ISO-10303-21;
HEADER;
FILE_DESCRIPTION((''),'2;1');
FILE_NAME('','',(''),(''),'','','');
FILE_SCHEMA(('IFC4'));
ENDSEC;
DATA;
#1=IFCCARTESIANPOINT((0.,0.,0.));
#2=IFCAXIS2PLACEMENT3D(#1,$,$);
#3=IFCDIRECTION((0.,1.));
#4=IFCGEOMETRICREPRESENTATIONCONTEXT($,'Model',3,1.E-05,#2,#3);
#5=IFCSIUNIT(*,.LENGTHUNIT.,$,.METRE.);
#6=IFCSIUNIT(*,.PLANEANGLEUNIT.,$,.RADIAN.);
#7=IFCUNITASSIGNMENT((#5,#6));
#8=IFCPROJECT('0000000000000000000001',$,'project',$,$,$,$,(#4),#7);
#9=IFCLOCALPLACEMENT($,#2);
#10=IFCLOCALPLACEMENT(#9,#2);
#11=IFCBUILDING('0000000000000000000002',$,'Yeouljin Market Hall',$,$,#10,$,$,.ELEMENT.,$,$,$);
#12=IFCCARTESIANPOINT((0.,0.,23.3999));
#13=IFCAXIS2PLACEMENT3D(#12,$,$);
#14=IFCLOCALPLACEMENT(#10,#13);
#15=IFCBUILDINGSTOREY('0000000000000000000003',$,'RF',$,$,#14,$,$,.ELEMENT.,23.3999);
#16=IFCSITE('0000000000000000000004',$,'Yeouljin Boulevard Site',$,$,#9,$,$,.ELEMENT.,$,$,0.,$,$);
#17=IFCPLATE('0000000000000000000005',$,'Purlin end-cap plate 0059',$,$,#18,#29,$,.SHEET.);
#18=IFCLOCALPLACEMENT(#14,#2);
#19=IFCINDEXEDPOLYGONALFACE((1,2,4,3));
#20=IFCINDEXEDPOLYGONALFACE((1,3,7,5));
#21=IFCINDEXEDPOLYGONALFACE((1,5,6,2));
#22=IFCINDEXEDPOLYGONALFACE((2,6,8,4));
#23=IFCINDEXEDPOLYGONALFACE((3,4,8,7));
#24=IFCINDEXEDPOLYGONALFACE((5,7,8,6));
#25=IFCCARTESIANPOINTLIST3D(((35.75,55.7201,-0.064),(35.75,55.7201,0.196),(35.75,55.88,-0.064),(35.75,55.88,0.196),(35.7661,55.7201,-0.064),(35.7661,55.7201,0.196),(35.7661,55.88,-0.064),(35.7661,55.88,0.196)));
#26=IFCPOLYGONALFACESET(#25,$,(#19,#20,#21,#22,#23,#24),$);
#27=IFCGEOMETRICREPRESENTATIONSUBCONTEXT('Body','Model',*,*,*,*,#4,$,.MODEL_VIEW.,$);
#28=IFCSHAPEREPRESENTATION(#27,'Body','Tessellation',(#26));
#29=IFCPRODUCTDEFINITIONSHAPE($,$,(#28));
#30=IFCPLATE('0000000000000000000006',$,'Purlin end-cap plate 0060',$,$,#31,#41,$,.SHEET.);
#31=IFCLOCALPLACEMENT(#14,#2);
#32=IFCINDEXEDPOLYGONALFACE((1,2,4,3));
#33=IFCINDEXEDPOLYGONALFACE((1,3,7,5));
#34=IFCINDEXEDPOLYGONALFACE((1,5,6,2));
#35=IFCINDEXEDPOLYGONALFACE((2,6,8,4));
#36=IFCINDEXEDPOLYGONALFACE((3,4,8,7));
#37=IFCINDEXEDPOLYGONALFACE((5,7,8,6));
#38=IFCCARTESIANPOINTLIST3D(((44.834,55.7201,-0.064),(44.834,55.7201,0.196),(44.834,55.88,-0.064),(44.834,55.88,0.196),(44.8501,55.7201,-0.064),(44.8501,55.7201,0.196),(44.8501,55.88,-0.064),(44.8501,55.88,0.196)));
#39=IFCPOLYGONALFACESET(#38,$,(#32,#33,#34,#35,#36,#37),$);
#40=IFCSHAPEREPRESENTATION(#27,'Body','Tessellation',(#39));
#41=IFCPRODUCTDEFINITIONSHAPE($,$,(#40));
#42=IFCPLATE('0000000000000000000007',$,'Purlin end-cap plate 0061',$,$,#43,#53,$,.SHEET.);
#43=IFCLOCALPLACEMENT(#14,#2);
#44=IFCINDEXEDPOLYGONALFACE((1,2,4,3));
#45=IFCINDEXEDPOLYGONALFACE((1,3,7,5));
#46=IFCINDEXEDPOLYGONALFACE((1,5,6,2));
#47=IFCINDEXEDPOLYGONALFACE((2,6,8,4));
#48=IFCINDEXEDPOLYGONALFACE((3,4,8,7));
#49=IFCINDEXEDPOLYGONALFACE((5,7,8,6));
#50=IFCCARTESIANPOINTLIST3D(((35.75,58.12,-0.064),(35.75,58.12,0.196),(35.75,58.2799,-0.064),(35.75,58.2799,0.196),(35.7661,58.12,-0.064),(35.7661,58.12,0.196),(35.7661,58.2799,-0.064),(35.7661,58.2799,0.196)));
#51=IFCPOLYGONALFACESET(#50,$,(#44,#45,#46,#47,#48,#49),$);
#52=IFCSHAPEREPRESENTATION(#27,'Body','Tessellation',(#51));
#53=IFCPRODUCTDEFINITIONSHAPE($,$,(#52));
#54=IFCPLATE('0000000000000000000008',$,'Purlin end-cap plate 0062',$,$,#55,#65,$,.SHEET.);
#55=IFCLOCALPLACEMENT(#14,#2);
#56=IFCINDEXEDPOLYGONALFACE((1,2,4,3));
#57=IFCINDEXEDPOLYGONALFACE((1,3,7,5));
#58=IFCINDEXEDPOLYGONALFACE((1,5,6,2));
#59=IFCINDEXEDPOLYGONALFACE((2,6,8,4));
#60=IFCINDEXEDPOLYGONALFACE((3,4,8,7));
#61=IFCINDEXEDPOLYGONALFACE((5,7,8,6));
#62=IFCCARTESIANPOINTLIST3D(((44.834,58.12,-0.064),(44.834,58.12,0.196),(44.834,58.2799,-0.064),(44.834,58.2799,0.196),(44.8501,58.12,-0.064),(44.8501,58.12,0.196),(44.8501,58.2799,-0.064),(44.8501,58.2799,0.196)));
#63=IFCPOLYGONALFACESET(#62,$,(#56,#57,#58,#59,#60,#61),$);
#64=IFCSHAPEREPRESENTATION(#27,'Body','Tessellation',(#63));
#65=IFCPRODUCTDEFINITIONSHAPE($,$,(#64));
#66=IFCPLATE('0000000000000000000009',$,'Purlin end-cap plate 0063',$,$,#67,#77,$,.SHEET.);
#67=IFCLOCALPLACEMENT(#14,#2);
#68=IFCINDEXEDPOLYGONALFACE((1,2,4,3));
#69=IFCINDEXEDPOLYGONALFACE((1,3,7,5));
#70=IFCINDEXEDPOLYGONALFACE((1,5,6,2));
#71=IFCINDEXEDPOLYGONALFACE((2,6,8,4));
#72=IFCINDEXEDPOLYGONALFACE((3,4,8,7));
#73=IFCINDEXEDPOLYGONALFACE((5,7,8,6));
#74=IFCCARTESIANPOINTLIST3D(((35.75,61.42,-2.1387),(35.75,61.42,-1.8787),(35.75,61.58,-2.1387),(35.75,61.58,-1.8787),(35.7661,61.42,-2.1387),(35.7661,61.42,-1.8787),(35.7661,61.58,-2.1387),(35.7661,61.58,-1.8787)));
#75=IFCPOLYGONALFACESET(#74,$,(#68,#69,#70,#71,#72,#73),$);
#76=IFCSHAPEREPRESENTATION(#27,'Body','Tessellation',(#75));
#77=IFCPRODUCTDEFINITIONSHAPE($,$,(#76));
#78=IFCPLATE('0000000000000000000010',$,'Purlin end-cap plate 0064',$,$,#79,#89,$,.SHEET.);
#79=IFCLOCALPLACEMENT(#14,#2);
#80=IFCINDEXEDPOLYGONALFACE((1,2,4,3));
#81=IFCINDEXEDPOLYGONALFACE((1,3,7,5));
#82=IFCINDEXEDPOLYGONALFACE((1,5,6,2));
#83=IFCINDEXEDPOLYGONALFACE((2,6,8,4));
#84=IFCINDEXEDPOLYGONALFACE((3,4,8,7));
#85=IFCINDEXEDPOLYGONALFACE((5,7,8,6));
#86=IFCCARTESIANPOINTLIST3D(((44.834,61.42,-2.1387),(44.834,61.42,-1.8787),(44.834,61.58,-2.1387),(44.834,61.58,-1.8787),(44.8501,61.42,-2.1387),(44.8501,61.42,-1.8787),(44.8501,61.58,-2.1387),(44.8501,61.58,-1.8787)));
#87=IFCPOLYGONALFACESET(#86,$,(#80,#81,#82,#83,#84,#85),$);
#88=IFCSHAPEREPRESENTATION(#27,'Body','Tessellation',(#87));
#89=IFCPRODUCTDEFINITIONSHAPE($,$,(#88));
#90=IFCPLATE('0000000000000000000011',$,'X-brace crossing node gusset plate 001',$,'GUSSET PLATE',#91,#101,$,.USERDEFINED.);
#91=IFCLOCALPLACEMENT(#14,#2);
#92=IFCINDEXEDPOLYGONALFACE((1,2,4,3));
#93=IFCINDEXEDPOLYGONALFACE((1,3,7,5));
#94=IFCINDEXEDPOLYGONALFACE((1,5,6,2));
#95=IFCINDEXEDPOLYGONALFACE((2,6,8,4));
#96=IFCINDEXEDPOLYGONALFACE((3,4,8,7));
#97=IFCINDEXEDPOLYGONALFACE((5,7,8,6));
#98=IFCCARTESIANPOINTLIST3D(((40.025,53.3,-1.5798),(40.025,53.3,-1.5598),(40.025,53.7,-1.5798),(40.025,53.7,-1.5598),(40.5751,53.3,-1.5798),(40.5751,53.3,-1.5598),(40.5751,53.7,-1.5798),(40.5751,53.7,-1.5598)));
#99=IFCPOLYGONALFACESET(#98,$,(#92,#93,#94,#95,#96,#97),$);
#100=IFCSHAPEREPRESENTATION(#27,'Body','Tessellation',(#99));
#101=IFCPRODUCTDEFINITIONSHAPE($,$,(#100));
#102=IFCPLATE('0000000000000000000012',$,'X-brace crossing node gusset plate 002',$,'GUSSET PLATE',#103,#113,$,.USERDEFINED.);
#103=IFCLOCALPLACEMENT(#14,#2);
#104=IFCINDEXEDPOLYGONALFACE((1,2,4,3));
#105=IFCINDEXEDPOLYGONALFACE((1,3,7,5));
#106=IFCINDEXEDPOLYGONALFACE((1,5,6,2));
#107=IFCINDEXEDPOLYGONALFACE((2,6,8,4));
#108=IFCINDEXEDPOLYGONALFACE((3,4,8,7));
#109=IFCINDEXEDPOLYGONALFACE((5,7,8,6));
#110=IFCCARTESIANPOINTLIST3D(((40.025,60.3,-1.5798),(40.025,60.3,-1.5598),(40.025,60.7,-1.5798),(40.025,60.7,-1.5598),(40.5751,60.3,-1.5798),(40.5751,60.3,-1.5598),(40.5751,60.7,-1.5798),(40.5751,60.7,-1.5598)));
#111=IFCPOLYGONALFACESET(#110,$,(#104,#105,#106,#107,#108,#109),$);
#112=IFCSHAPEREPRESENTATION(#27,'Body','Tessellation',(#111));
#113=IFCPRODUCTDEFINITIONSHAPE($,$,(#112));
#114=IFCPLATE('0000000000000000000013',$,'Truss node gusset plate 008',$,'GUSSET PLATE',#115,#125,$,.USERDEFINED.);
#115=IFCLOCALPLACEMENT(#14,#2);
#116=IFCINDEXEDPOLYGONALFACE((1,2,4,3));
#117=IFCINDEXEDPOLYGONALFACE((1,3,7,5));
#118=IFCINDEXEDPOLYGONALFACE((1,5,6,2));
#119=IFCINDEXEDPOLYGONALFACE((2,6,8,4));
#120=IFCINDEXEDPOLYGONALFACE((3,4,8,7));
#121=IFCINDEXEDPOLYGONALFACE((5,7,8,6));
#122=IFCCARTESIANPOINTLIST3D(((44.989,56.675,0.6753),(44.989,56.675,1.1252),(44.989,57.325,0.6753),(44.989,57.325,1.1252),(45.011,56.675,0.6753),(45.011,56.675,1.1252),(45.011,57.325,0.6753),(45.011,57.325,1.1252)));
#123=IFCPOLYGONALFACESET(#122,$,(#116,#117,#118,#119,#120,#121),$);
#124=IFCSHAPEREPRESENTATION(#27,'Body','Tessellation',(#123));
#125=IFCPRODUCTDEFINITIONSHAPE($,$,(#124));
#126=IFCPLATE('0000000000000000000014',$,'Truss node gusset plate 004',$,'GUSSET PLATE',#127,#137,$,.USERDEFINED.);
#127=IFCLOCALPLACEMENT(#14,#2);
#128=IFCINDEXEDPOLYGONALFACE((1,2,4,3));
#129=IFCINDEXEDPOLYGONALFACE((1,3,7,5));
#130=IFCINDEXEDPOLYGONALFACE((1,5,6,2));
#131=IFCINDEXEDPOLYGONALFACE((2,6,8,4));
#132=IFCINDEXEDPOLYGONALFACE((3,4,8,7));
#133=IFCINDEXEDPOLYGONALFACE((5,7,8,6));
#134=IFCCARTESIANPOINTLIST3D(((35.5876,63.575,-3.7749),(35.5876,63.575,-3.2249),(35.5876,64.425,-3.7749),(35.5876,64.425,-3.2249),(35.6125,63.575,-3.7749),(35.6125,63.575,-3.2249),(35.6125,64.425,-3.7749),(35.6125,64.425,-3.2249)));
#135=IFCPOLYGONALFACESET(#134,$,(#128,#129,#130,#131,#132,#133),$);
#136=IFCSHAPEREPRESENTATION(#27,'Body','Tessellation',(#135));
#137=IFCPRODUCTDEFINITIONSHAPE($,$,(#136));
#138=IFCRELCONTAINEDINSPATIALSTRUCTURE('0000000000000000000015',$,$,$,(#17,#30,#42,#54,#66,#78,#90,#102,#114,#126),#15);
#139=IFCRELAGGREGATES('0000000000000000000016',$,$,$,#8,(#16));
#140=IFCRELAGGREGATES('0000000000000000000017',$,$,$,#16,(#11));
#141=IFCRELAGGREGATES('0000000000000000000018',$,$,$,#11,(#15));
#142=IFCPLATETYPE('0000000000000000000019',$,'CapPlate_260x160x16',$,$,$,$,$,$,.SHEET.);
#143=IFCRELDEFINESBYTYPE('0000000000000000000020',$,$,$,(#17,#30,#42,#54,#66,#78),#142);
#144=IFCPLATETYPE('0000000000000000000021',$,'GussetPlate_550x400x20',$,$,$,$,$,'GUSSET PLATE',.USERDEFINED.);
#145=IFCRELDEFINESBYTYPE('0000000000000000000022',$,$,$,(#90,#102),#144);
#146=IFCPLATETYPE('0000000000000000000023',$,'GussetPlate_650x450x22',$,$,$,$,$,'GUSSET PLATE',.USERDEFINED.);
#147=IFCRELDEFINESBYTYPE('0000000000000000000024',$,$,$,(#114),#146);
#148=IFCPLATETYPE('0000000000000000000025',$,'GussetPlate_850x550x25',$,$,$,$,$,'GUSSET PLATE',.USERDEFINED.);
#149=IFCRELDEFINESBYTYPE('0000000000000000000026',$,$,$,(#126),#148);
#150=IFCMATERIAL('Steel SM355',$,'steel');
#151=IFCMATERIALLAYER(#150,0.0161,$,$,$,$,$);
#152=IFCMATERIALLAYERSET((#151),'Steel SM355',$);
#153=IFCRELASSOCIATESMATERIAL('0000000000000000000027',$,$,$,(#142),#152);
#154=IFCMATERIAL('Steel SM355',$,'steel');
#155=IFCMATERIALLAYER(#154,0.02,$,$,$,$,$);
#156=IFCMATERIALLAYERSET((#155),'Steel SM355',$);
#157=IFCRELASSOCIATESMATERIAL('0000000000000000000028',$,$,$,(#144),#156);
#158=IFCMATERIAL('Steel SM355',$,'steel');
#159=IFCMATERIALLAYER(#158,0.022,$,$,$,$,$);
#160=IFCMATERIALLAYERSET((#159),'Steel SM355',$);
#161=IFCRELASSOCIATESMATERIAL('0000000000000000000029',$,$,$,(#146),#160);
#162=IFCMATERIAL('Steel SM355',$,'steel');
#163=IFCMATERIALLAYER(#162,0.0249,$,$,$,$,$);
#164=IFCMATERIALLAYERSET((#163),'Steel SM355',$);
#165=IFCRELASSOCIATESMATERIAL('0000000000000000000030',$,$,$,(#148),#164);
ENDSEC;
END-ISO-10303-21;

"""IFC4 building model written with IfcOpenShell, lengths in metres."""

from ifc_helpers import new_model, si_unit, direction, frame, origin, origin_2d, place, context, subcontext, project, spatial, rectangle, extrude, material, layer, layer_set, type_object, element, save


model = new_model("IFC4")

# Units and contexts
model_context = context("Model", 3, precision=1e-05, world=origin(), true_north=direction((0.0, 1.0)))
body_context = subcontext(model_context, "Body", "Model", "MODEL_VIEW")
ifc_project = project(units=[si_unit("LENGTHUNIT", "METRE"), si_unit("PLANEANGLEUNIT", "RADIAN")], contexts=[model_context])

# Site, building, storey
site_placement = place(None, origin())
site = spatial("IfcSite", under=ifc_project, at=site_placement, Name="Yeouljin Boulevard Site", CompositionType="ELEMENT", RefElevation=0.0)
building_placement = place(site_placement, origin())
building = spatial("IfcBuilding", under=site, at=building_placement, Name="Yeouljin Market Hall", CompositionType="ELEMENT")
storey_placement = place(building_placement, frame((0.0, 0.0, 23.3999)))
storey = spatial("IfcBuildingStorey", under=building, at=storey_placement, Name="RF", CompositionType="ELEMENT", Elevation=23.3999)

# Plates
ifc_material_1 = material(Name="Steel SM355", Category="steel")
ifc_layer_1 = layer(ifc_material_1, 0.0161)
ifc_layer_set_1 = layer_set([ifc_layer_1], Name="Steel SM355")
plate_type_1 = type_object("IfcPlateType", Name="CapPlate_260x160x16", PredefinedType="SHEET", material=ifc_layer_set_1)
for number, where, z_axis, x_axis, name in (
    (1, (35.7581, 55.8, -0.064), (0.0, 0.0, 1.0), (0.0, 1.0, 0.0), "Purlin end-cap plate 0059"),
    (2, (44.842, 55.8, -0.064), (0.0, 0.0, 1.0), (0.0, 1.0, 0.0), "Purlin end-cap plate 0060"),
    (3, (35.7581, 58.2, -0.064), (0.0, 0.0, 1.0), (0.0, 1.0, 0.0), "Purlin end-cap plate 0061"),
    (4, (44.842, 58.2, -0.064), (0.0, 0.0, 1.0), (0.0, 1.0, 0.0), "Purlin end-cap plate 0062"),
    (5, (35.7581, 61.5, -2.1387), (0.0, 0.0, 1.0), (0.0, 1.0, 0.0), "Purlin end-cap plate 0063"),
    (6, (44.842, 61.5, -2.1387), (0.0, 0.0, 1.0), (0.0, 1.0, 0.0), "Purlin end-cap plate 0064"),
):
    element("IfcPlate", number, at=place(storey_placement, frame(where, z_axis=z_axis, x_axis=x_axis)), inside=storey, type_object=plate_type_1, Name=name, PredefinedType="SHEET", context=body_context, shape_type="SweptSolid", body=[
        extrude(rectangle(XDim=0.1599, YDim=0.0161, at=origin_2d()), origin(), (0.0, 0.0, 1.0), 0.26),
    ])
ifc_material_2 = material(Name="Steel SM355", Category="steel")
ifc_layer_2 = layer(ifc_material_2, 0.02)
ifc_layer_set_2 = layer_set([ifc_layer_2], Name="Steel SM355")
plate_type_2 = type_object("IfcPlateType", Name="GussetPlate_550x400x20", ElementType="GUSSET PLATE", PredefinedType="USERDEFINED", material=ifc_layer_set_2)
for number, where, z_axis, x_axis, name in (
    (7, (40.3, 53.5, -1.5798), (0.0, 0.0, 1.0), (1.0, 0.0, 0.0), "X-brace crossing node gusset plate 001"),
    (8, (40.3, 60.5, -1.5798), (0.0, 0.0, 1.0), (1.0, 0.0, 0.0), "X-brace crossing node gusset plate 002"),
):
    element("IfcPlate", number, at=place(storey_placement, frame(where, z_axis=z_axis, x_axis=x_axis)), inside=storey, type_object=plate_type_2, Name=name, ObjectType="GUSSET PLATE", PredefinedType="USERDEFINED", context=body_context, shape_type="SweptSolid", body=[
        extrude(rectangle(XDim=0.55, YDim=0.3999, at=origin_2d()), origin(), (0.0, 0.0, 1.0), 0.02),
    ])
ifc_material_3 = material(Name="Steel SM355", Category="steel")
ifc_layer_3 = layer(ifc_material_3, 0.022)
ifc_layer_set_3 = layer_set([ifc_layer_3], Name="Steel SM355")
plate_type_3 = type_object("IfcPlateType", Name="GussetPlate_650x450x22", ElementType="GUSSET PLATE", PredefinedType="USERDEFINED", material=ifc_layer_set_3)
plate_1_placement = place(storey_placement, frame((45.0, 57.0, 0.6753), z_axis=(0.0, 0.0, 1.0), x_axis=(0.0, 1.0, 0.0)))
element("IfcPlate", 9, at=plate_1_placement, inside=storey, type_object=plate_type_3, Name="Truss node gusset plate 008", ObjectType="GUSSET PLATE", PredefinedType="USERDEFINED", context=body_context, shape_type="SweptSolid", body=[
    extrude(rectangle(XDim=0.6499, YDim=0.022, at=origin_2d()), origin(), (0.0, 0.0, 1.0), 0.45),
])
ifc_material_4 = material(Name="Steel SM355", Category="steel")
ifc_layer_4 = layer(ifc_material_4, 0.0249)
ifc_layer_set_4 = layer_set([ifc_layer_4], Name="Steel SM355")
plate_type_4 = type_object("IfcPlateType", Name="GussetPlate_850x550x25", ElementType="GUSSET PLATE", PredefinedType="USERDEFINED", material=ifc_layer_set_4)
plate_2_placement = place(storey_placement, frame((35.6001, 64.0, -3.7749), z_axis=(0.0, 0.0, 1.0), x_axis=(0.0, 1.0, 0.0)))
element("IfcPlate", 10, at=plate_2_placement, inside=storey, type_object=plate_type_4, Name="Truss node gusset plate 004", ObjectType="GUSSET PLATE", PredefinedType="USERDEFINED", context=body_context, shape_type="SweptSolid", body=[
    extrude(rectangle(XDim=0.8501, YDim=0.0249, at=origin_2d()), origin(), (0.0, 0.0, 1.0), 0.55),
])

save(model, "model.ifc")
